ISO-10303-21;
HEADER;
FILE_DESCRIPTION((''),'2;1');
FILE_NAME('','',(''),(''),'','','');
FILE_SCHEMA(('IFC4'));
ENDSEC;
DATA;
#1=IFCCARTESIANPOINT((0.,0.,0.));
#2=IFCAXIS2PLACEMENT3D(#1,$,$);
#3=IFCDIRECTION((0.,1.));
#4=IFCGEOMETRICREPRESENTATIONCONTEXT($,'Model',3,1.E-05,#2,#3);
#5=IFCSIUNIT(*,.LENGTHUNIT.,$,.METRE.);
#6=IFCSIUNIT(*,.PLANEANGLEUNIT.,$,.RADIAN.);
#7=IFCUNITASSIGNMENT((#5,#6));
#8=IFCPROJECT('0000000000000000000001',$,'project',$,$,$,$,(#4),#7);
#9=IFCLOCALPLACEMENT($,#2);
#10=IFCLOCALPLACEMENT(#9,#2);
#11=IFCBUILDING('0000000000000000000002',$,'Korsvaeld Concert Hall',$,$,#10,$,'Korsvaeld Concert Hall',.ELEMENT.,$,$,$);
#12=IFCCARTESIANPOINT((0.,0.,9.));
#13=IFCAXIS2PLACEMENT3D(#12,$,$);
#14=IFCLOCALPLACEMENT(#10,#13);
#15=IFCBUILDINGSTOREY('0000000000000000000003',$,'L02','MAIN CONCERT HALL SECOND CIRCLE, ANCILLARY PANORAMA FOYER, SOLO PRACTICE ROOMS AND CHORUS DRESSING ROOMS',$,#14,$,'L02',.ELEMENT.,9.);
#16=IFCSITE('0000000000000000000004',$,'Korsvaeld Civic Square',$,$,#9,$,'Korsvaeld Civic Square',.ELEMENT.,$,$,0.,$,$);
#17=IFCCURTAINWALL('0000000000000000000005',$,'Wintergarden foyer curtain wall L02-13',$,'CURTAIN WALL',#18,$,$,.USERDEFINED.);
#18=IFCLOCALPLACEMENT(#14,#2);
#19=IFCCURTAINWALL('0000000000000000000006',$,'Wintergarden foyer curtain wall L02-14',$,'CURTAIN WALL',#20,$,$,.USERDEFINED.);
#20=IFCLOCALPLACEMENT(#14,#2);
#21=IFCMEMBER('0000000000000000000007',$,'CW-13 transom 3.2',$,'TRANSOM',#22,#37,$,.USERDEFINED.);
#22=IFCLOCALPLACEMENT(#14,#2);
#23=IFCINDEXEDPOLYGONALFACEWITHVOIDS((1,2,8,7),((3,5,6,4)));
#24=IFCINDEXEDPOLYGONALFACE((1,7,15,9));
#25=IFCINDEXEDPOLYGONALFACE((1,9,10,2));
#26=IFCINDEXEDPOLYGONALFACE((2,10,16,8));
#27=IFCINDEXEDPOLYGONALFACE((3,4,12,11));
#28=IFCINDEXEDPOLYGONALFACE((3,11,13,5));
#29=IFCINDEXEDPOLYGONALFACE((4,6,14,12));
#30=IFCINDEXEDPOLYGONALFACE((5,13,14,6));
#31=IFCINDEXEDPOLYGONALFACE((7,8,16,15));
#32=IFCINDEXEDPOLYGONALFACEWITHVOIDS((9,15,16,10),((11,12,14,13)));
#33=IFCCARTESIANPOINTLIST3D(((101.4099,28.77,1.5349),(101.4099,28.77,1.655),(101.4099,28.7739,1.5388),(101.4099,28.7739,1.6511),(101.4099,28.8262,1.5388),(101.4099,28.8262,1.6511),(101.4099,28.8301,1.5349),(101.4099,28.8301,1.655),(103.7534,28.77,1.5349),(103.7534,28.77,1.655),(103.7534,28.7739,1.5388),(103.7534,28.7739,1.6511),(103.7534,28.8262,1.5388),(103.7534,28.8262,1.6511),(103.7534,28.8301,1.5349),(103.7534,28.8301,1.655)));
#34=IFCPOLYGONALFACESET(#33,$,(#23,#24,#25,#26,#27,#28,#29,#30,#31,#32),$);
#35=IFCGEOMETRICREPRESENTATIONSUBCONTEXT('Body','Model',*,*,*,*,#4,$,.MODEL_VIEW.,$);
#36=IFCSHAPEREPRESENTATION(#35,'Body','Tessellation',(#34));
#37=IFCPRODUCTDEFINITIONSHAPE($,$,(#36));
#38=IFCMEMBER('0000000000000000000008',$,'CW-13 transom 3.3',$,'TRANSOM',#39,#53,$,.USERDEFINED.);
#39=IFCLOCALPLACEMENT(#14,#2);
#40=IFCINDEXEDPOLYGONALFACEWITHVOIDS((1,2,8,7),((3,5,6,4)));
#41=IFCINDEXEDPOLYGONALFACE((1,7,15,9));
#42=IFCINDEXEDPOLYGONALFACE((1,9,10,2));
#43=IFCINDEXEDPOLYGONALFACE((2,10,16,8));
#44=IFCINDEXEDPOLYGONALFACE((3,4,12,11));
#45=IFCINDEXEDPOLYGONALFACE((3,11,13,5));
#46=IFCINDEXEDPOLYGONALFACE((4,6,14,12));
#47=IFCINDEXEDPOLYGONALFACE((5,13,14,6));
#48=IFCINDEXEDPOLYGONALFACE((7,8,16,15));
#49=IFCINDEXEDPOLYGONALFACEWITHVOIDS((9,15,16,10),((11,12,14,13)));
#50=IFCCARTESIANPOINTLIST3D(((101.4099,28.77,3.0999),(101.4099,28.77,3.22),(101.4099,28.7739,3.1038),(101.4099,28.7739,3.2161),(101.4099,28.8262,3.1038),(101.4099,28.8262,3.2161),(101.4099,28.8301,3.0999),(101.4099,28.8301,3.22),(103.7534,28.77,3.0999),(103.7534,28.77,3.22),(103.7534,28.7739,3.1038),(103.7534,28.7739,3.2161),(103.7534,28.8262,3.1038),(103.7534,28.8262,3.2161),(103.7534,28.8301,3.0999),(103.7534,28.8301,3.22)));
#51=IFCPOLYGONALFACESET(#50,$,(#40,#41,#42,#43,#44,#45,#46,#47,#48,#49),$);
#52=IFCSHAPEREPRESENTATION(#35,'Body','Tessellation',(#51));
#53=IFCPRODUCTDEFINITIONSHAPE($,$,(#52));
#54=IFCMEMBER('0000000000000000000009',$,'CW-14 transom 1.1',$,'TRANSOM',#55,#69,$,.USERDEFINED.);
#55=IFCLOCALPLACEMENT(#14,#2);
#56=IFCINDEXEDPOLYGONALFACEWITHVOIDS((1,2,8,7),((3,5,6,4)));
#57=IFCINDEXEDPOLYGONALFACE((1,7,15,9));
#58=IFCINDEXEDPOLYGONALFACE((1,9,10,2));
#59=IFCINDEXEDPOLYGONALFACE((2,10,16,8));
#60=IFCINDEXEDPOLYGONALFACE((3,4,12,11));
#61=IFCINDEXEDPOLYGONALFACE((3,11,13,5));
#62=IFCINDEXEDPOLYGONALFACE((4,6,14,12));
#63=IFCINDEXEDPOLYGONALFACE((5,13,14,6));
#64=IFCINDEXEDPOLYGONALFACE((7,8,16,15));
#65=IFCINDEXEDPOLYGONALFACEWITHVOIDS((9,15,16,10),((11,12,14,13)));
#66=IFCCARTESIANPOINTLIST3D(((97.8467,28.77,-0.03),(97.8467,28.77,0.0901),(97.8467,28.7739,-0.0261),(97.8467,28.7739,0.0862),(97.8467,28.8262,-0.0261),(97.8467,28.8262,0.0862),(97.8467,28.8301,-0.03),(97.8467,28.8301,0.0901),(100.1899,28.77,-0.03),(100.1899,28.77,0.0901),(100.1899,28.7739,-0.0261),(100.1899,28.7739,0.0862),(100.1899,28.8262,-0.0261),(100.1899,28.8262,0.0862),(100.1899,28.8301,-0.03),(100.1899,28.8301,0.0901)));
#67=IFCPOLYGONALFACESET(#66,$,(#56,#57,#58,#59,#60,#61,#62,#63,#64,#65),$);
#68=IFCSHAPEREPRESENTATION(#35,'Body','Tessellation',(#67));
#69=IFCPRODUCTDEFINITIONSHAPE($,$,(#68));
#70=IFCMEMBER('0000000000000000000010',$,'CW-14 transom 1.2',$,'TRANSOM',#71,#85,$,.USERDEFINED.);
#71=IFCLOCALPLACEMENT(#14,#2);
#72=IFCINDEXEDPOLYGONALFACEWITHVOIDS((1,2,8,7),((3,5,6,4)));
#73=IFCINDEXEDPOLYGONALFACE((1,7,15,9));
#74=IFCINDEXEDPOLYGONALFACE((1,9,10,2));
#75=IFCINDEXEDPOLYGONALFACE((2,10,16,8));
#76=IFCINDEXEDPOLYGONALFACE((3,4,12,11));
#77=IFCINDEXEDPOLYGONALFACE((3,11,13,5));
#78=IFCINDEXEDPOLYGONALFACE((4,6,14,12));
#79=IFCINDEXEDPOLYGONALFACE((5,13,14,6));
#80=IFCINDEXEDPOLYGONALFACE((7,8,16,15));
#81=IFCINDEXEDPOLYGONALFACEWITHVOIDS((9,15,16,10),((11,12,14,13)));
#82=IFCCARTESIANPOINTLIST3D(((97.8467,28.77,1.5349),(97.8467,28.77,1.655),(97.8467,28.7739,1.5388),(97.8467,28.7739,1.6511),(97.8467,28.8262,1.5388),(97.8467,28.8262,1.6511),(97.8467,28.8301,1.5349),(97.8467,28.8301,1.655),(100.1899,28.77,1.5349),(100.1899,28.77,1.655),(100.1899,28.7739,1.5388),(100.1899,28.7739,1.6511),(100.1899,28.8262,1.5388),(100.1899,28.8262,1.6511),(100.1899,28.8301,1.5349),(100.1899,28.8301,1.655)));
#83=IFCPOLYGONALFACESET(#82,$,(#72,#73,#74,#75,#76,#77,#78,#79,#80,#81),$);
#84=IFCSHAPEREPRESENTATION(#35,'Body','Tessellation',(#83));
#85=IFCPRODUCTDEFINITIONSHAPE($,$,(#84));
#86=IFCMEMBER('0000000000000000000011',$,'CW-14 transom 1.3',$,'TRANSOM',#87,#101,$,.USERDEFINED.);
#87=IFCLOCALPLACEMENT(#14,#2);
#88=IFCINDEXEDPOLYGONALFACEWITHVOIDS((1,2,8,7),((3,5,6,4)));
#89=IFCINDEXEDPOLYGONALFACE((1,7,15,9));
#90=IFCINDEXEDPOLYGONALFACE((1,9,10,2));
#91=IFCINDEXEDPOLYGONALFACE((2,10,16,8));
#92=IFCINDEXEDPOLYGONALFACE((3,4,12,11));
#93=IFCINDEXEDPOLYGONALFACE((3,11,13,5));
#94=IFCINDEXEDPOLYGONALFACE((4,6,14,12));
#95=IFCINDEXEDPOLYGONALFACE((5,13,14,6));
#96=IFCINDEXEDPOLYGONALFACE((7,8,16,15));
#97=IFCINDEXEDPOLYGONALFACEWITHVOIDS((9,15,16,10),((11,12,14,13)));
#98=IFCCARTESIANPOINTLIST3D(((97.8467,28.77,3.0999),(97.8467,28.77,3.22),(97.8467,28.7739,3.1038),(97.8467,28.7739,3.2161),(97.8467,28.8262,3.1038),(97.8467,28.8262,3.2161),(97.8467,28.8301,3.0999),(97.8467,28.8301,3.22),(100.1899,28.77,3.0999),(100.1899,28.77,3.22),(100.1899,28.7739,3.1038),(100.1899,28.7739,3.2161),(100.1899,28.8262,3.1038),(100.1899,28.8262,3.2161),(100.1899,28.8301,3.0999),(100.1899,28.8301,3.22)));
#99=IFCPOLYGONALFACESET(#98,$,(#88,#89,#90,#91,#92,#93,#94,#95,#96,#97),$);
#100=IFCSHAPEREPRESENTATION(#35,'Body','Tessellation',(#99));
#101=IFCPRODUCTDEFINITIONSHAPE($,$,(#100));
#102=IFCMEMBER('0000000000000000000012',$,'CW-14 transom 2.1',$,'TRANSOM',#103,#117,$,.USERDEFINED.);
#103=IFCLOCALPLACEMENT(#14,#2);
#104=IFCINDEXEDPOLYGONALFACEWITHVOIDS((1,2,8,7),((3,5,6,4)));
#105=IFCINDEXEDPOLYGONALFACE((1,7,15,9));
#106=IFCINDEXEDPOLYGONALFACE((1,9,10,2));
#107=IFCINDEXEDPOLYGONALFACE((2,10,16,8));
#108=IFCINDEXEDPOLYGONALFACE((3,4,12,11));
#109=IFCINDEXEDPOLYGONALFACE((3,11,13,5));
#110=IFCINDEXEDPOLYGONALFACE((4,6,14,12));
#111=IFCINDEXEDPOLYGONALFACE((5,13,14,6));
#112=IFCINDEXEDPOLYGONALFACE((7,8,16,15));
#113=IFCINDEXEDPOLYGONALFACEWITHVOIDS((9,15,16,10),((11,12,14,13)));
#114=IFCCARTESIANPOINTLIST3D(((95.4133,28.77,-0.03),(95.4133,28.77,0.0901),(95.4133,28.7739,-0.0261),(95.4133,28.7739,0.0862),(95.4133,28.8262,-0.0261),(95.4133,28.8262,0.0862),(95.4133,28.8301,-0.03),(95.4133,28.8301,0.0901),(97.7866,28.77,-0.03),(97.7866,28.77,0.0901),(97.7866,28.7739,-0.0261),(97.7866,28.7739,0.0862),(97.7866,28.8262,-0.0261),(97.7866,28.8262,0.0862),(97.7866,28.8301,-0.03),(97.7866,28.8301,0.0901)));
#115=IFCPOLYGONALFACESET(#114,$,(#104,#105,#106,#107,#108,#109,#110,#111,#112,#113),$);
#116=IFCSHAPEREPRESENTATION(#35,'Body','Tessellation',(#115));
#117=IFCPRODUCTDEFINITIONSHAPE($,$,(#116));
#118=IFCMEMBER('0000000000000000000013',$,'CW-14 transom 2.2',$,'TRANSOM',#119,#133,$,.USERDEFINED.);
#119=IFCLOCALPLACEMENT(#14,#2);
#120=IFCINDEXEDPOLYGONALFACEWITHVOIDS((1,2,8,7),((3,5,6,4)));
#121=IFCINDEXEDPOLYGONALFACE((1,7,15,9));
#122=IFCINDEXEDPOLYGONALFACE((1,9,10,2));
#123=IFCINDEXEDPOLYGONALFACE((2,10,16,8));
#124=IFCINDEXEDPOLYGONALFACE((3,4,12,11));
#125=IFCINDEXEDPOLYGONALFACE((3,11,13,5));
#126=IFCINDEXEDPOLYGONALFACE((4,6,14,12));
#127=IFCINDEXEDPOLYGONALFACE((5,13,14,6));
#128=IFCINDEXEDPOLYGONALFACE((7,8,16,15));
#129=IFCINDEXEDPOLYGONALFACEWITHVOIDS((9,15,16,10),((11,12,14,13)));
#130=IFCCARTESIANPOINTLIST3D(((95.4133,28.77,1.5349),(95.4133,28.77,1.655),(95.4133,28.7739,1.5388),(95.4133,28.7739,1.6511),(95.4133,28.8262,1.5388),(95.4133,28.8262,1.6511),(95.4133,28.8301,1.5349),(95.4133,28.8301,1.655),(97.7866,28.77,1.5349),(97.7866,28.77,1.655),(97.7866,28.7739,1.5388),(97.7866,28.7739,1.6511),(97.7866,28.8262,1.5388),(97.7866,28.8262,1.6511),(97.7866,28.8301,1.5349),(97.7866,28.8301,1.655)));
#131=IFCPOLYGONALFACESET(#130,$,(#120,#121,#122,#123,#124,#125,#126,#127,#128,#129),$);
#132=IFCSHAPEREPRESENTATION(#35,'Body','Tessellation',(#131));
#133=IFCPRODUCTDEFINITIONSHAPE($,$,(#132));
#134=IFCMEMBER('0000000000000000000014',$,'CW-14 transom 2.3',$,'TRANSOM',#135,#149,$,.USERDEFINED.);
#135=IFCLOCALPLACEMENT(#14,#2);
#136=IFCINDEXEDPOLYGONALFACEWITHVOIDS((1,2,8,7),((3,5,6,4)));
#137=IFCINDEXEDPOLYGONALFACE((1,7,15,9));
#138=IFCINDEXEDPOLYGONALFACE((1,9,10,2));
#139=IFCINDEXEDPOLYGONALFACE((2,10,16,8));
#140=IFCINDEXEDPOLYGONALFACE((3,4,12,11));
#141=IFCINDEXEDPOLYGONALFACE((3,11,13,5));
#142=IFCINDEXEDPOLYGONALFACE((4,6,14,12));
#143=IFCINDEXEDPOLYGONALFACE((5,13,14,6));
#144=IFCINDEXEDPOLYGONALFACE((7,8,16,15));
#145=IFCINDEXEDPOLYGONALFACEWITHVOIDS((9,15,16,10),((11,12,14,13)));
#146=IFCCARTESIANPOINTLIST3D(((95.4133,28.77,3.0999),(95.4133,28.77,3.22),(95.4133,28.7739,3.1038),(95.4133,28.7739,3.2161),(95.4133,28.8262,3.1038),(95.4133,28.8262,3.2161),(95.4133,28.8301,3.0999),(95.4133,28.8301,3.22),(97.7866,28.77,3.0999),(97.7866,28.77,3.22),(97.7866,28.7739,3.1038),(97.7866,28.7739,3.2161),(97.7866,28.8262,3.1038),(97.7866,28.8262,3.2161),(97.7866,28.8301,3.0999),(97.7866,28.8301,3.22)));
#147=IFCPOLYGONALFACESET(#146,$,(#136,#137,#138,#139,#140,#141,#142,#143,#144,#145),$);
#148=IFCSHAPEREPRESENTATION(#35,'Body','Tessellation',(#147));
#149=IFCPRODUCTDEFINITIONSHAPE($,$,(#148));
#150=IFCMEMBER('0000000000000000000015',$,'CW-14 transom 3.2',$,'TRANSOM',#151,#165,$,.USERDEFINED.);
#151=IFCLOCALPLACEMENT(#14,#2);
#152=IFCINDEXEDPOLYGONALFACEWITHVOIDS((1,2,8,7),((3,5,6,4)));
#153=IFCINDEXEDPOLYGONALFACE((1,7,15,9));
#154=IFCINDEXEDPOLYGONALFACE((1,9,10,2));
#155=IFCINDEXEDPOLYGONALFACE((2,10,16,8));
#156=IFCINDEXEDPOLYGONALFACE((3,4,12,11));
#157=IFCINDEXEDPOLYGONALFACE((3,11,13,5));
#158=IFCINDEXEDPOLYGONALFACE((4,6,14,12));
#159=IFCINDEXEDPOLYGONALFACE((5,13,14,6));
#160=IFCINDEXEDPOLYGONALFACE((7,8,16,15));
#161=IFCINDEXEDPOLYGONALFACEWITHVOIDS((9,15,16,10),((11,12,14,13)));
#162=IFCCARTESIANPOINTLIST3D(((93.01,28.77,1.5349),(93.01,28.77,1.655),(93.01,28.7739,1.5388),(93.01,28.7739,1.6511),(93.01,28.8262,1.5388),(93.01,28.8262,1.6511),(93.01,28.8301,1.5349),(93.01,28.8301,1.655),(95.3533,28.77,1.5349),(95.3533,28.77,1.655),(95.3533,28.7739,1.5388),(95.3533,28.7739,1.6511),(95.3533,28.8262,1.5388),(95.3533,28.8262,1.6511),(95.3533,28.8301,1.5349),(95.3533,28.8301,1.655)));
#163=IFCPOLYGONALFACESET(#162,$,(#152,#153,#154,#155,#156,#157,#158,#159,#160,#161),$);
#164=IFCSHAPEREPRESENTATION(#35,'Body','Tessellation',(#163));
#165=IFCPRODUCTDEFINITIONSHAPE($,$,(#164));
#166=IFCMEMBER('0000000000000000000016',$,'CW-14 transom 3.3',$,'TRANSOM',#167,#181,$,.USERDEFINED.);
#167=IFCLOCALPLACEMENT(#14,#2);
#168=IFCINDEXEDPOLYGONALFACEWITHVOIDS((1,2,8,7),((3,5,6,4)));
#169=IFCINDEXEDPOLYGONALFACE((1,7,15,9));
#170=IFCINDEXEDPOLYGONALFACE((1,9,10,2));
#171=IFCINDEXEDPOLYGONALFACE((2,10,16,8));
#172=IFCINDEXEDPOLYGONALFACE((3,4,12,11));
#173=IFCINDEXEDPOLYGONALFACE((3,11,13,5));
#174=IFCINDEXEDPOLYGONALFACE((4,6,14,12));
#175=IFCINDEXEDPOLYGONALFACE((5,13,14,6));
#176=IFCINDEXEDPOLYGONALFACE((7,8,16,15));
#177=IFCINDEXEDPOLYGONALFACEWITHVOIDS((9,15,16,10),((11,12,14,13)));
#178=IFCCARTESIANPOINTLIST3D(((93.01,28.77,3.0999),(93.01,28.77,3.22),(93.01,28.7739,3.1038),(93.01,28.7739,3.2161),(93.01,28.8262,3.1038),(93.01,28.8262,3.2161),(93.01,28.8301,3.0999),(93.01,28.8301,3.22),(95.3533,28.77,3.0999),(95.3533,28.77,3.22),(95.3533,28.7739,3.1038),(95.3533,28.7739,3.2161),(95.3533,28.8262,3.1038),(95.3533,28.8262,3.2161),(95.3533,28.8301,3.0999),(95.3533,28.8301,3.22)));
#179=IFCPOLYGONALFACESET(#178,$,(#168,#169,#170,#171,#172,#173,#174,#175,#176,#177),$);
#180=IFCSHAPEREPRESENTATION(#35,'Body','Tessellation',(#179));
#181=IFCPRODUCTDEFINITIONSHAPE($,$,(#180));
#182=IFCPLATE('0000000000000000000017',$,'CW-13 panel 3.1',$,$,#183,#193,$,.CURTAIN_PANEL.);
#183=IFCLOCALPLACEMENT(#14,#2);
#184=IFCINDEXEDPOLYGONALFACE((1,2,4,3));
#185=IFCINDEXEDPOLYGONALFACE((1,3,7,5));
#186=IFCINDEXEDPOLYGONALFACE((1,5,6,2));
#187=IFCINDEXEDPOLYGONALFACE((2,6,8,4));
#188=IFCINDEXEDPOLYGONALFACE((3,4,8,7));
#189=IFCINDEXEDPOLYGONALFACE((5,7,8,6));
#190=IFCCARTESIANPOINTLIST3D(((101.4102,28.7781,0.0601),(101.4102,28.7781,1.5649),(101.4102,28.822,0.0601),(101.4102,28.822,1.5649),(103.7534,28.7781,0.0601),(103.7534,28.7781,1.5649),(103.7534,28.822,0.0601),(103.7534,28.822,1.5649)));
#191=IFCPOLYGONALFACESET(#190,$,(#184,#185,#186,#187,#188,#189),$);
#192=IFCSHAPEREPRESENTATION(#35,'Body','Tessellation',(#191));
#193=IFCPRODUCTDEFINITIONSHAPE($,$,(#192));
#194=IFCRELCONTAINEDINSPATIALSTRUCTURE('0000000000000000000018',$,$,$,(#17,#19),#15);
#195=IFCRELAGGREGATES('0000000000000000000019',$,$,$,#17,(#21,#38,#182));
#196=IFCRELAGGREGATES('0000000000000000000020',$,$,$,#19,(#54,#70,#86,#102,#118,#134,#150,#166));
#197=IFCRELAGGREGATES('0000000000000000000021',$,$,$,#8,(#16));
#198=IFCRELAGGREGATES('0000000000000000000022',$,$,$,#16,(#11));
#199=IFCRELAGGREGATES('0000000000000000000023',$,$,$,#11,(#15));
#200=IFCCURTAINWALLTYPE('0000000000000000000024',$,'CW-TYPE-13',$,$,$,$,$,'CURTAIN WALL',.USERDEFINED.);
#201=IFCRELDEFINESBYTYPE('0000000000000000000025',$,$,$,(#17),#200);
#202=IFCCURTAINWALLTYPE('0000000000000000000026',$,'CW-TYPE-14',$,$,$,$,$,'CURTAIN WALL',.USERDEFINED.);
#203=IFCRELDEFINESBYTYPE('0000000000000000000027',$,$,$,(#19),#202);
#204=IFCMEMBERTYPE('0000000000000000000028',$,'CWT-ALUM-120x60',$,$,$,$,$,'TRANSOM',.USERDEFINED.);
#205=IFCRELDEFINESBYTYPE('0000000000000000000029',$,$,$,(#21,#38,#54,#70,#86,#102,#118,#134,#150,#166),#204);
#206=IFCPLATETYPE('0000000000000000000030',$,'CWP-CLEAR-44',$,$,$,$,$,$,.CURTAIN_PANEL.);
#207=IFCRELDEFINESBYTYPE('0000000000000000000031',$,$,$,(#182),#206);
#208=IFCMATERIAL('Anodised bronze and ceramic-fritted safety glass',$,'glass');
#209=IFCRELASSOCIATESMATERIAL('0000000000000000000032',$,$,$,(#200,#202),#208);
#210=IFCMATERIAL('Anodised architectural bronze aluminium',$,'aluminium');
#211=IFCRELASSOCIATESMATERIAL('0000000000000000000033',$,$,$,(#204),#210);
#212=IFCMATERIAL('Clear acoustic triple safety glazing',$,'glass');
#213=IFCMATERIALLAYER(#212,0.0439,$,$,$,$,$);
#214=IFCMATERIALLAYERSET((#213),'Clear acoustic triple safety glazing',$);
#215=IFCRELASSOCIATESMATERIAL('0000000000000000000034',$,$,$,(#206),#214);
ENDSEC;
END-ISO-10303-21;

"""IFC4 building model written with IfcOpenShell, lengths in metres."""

from ifc_helpers import new_model, si_unit, direction, frame, origin, origin_2d, place, context, subcontext, project, spatial, rectangle, hollow_rectangle, extrude, material, layer, layer_set, material_profile, profile_set, type_object, element, aggregate, save


model = new_model("IFC4")

# Units and contexts
model_context = context("Model", 3, precision=1e-05, world=origin(), true_north=direction((0.0, 1.0)))
body_context = subcontext(model_context, "Body", "Model", "MODEL_VIEW")
ifc_project = project(units=[si_unit("LENGTHUNIT", "METRE"), si_unit("PLANEANGLEUNIT", "RADIAN")], contexts=[model_context])

# Site, building, storey
site_placement = place(None, origin())
site = spatial("IfcSite", under=ifc_project, at=site_placement, Name="Korsvaeld Civic Square", LongName="Korsvaeld Civic Square", CompositionType="ELEMENT", RefElevation=0.0)
building_placement = place(site_placement, origin())
building = spatial("IfcBuilding", under=site, at=building_placement, Name="Korsvaeld Concert Hall", LongName="Korsvaeld Concert Hall", CompositionType="ELEMENT")
storey_placement = place(building_placement, frame((0.0, 0.0, 9.0)))
storey = spatial("IfcBuildingStorey", under=building, at=storey_placement, Name="L02", Description="MAIN CONCERT HALL SECOND CIRCLE, ANCILLARY PANORAMA FOYER, SOLO PRACTICE ROOMS AND CHORUS DRESSING ROOMS", LongName="L02", CompositionType="ELEMENT", Elevation=9.0)

# Curtain wall
ifc_material_1 = material(Name="Anodised bronze and ceramic-fritted safety glass", Category="glass")
curtain_wall_type_1 = type_object("IfcCurtainWallType", Name="CW-TYPE-13", ElementType="CURTAIN WALL", PredefinedType="USERDEFINED", material=ifc_material_1)
curtain_wall_1_placement = place(storey_placement, origin())
curtain_wall_1 = element("IfcCurtainWall", 1, at=curtain_wall_1_placement, inside=storey, type_object=curtain_wall_type_1, Name="Wintergarden foyer curtain wall L02-13", ObjectType="CURTAIN WALL", PredefinedType="USERDEFINED")
ifc_material_2 = material(Name="Anodised architectural bronze aluminium", Category="aluminium")

# Curtain wall
curtain_wall_type_2 = type_object("IfcCurtainWallType", Name="CW-TYPE-14", ElementType="CURTAIN WALL", PredefinedType="USERDEFINED", material=ifc_material_1)
curtain_wall_2_placement = place(storey_placement, origin())
curtain_wall_2 = element("IfcCurtainWall", 2, at=curtain_wall_2_placement, inside=storey, type_object=curtain_wall_type_2, Name="Wintergarden foyer curtain wall L02-14", ObjectType="CURTAIN WALL", PredefinedType="USERDEFINED")

# Members
ifc_material_profile_1 = material_profile(ifc_material_2, hollow_rectangle(XDim=0.0601, YDim=0.1201, WallThickness=0.0039, at=origin_2d()), Name="CWT 120x60x4")
ifc_profile_set_1 = profile_set([ifc_material_profile_1], Name="Anodised architectural bronze aluminium")
member_type_1 = type_object("IfcMemberType", Name="CWT-ALUM-120x60", ElementType="TRANSOM", PredefinedType="USERDEFINED", material=ifc_profile_set_1)
member_1_placement = place(storey_placement, frame((103.7534, 28.8, 1.595), z_axis=(-1.0, 0.0, 0.0), x_axis=(0.0, -1.0, 0.0)))
member_1 = element("IfcMember", 3, at=member_1_placement, type_object=member_type_1, Name="CW-13 transom 3.2", ObjectType="TRANSOM", PredefinedType="USERDEFINED", context=body_context, shape_type="SweptSolid", body=[
    extrude(hollow_rectangle(XDim=0.0601, YDim=0.1201, WallThickness=0.0039, at=origin_2d()), origin(), (0.0, 0.0, 1.0), 2.3435),
])
member_2_placement = place(storey_placement, frame((103.7534, 28.8, 3.1599), z_axis=(-1.0, 0.0, 0.0), x_axis=(0.0, -1.0, 0.0)))
member_2 = element("IfcMember", 4, at=member_2_placement, type_object=member_type_1, Name="CW-13 transom 3.3", ObjectType="TRANSOM", PredefinedType="USERDEFINED", context=body_context, shape_type="SweptSolid", body=[
    extrude(hollow_rectangle(XDim=0.0601, YDim=0.1201, WallThickness=0.0039, at=origin_2d()), origin(), (0.0, 0.0, 1.0), 2.3435),
])
member_3_placement = place(storey_placement, frame((100.1899, 28.8, 0.03), z_axis=(-1.0, 0.0, 0.0), x_axis=(0.0, -1.0, 0.0)))
member_3 = element("IfcMember", 5, at=member_3_placement, type_object=member_type_1, Name="CW-14 transom 1.1", ObjectType="TRANSOM", PredefinedType="USERDEFINED", context=body_context, shape_type="SweptSolid", body=[
    extrude(hollow_rectangle(XDim=0.0601, YDim=0.1201, WallThickness=0.0039, at=origin_2d()), origin(), (0.0, 0.0, 1.0), 2.3433),
])
member_4_placement = place(storey_placement, frame((100.1899, 28.8, 1.595), z_axis=(-1.0, 0.0, 0.0), x_axis=(0.0, -1.0, 0.0)))
member_4 = element("IfcMember", 6, at=member_4_placement, type_object=member_type_1, Name="CW-14 transom 1.2", ObjectType="TRANSOM", PredefinedType="USERDEFINED", context=body_context, shape_type="SweptSolid", body=[
    extrude(hollow_rectangle(XDim=0.0601, YDim=0.1201, WallThickness=0.0039, at=origin_2d()), origin(), (0.0, 0.0, 1.0), 2.3433),
])
member_5_placement = place(storey_placement, frame((100.1899, 28.8, 3.1599), z_axis=(-1.0, 0.0, 0.0), x_axis=(0.0, -1.0, 0.0)))
member_5 = element("IfcMember", 7, at=member_5_placement, type_object=member_type_1, Name="CW-14 transom 1.3", ObjectType="TRANSOM", PredefinedType="USERDEFINED", context=body_context, shape_type="SweptSolid", body=[
    extrude(hollow_rectangle(XDim=0.0601, YDim=0.1201, WallThickness=0.0039, at=origin_2d()), origin(), (0.0, 0.0, 1.0), 2.3433),
])
member_6_placement = place(storey_placement, frame((97.7866, 28.8, 0.03), z_axis=(-1.0, 0.0, 0.0), x_axis=(0.0, -1.0, 0.0)))
member_6 = element("IfcMember", 8, at=member_6_placement, type_object=member_type_1, Name="CW-14 transom 2.1", ObjectType="TRANSOM", PredefinedType="USERDEFINED", context=body_context, shape_type="SweptSolid", body=[
    extrude(hollow_rectangle(XDim=0.0601, YDim=0.1201, WallThickness=0.0039, at=origin_2d()), origin(), (0.0, 0.0, 1.0), 2.3733),
])
member_7_placement = place(storey_placement, frame((97.7866, 28.8, 1.595), z_axis=(-1.0, 0.0, 0.0), x_axis=(0.0, -1.0, 0.0)))
member_7 = element("IfcMember", 9, at=member_7_placement, type_object=member_type_1, Name="CW-14 transom 2.2", ObjectType="TRANSOM", PredefinedType="USERDEFINED", context=body_context, shape_type="SweptSolid", body=[
    extrude(hollow_rectangle(XDim=0.0601, YDim=0.1201, WallThickness=0.0039, at=origin_2d()), origin(), (0.0, 0.0, 1.0), 2.3733),
])
member_8_placement = place(storey_placement, frame((97.7866, 28.8, 3.1599), z_axis=(-1.0, 0.0, 0.0), x_axis=(0.0, -1.0, 0.0)))
member_8 = element("IfcMember", 10, at=member_8_placement, type_object=member_type_1, Name="CW-14 transom 2.3", ObjectType="TRANSOM", PredefinedType="USERDEFINED", context=body_context, shape_type="SweptSolid", body=[
    extrude(hollow_rectangle(XDim=0.0601, YDim=0.1201, WallThickness=0.0039, at=origin_2d()), origin(), (0.0, 0.0, 1.0), 2.3733),
])
member_9_placement = place(storey_placement, frame((95.3533, 28.8, 1.595), z_axis=(-1.0, 0.0, 0.0), x_axis=(0.0, -1.0, 0.0)))
member_9 = element("IfcMember", 11, at=member_9_placement, type_object=member_type_1, Name="CW-14 transom 3.2", ObjectType="TRANSOM", PredefinedType="USERDEFINED", context=body_context, shape_type="SweptSolid", body=[
    extrude(hollow_rectangle(XDim=0.0601, YDim=0.1201, WallThickness=0.0039, at=origin_2d()), origin(), (0.0, 0.0, 1.0), 2.3433),
])
member_10_placement = place(storey_placement, frame((95.3533, 28.8, 3.1599), z_axis=(-1.0, 0.0, 0.0), x_axis=(0.0, -1.0, 0.0)))
member_10 = element("IfcMember", 12, at=member_10_placement, type_object=member_type_1, Name="CW-14 transom 3.3", ObjectType="TRANSOM", PredefinedType="USERDEFINED", context=body_context, shape_type="SweptSolid", body=[
    extrude(hollow_rectangle(XDim=0.0601, YDim=0.1201, WallThickness=0.0039, at=origin_2d()), origin(), (0.0, 0.0, 1.0), 2.3433),
])

# Plate
ifc_material_3 = material(Name="Clear acoustic triple safety glazing", Category="glass")
ifc_layer = layer(ifc_material_3, 0.0439)
ifc_layer_set = layer_set([ifc_layer], Name="Clear acoustic triple safety glazing")
plate_type = type_object("IfcPlateType", Name="CWP-CLEAR-44", PredefinedType="CURTAIN_PANEL", material=ifc_layer_set)
plate_1_placement = place(storey_placement, frame((102.5818, 28.8, 0.0601), z_axis=(0.0, 0.0, 1.0), x_axis=(-1.0, 0.0, 0.0)))
plate_1 = element("IfcPlate", 13, at=plate_1_placement, type_object=plate_type, Name="CW-13 panel 3.1", PredefinedType="CURTAIN_PANEL", context=body_context, shape_type="SweptSolid", body=[
    extrude(rectangle(XDim=2.3433, YDim=0.0439, at=origin_2d()), origin(), (0.0, 0.0, 1.0), 1.5049),
])
aggregate(curtain_wall_1, [member_1, member_2, plate_1])
aggregate(curtain_wall_2, [member_3, member_4, member_5, member_6, member_7, member_8, member_9, member_10])

save(model, "model.ifc")
